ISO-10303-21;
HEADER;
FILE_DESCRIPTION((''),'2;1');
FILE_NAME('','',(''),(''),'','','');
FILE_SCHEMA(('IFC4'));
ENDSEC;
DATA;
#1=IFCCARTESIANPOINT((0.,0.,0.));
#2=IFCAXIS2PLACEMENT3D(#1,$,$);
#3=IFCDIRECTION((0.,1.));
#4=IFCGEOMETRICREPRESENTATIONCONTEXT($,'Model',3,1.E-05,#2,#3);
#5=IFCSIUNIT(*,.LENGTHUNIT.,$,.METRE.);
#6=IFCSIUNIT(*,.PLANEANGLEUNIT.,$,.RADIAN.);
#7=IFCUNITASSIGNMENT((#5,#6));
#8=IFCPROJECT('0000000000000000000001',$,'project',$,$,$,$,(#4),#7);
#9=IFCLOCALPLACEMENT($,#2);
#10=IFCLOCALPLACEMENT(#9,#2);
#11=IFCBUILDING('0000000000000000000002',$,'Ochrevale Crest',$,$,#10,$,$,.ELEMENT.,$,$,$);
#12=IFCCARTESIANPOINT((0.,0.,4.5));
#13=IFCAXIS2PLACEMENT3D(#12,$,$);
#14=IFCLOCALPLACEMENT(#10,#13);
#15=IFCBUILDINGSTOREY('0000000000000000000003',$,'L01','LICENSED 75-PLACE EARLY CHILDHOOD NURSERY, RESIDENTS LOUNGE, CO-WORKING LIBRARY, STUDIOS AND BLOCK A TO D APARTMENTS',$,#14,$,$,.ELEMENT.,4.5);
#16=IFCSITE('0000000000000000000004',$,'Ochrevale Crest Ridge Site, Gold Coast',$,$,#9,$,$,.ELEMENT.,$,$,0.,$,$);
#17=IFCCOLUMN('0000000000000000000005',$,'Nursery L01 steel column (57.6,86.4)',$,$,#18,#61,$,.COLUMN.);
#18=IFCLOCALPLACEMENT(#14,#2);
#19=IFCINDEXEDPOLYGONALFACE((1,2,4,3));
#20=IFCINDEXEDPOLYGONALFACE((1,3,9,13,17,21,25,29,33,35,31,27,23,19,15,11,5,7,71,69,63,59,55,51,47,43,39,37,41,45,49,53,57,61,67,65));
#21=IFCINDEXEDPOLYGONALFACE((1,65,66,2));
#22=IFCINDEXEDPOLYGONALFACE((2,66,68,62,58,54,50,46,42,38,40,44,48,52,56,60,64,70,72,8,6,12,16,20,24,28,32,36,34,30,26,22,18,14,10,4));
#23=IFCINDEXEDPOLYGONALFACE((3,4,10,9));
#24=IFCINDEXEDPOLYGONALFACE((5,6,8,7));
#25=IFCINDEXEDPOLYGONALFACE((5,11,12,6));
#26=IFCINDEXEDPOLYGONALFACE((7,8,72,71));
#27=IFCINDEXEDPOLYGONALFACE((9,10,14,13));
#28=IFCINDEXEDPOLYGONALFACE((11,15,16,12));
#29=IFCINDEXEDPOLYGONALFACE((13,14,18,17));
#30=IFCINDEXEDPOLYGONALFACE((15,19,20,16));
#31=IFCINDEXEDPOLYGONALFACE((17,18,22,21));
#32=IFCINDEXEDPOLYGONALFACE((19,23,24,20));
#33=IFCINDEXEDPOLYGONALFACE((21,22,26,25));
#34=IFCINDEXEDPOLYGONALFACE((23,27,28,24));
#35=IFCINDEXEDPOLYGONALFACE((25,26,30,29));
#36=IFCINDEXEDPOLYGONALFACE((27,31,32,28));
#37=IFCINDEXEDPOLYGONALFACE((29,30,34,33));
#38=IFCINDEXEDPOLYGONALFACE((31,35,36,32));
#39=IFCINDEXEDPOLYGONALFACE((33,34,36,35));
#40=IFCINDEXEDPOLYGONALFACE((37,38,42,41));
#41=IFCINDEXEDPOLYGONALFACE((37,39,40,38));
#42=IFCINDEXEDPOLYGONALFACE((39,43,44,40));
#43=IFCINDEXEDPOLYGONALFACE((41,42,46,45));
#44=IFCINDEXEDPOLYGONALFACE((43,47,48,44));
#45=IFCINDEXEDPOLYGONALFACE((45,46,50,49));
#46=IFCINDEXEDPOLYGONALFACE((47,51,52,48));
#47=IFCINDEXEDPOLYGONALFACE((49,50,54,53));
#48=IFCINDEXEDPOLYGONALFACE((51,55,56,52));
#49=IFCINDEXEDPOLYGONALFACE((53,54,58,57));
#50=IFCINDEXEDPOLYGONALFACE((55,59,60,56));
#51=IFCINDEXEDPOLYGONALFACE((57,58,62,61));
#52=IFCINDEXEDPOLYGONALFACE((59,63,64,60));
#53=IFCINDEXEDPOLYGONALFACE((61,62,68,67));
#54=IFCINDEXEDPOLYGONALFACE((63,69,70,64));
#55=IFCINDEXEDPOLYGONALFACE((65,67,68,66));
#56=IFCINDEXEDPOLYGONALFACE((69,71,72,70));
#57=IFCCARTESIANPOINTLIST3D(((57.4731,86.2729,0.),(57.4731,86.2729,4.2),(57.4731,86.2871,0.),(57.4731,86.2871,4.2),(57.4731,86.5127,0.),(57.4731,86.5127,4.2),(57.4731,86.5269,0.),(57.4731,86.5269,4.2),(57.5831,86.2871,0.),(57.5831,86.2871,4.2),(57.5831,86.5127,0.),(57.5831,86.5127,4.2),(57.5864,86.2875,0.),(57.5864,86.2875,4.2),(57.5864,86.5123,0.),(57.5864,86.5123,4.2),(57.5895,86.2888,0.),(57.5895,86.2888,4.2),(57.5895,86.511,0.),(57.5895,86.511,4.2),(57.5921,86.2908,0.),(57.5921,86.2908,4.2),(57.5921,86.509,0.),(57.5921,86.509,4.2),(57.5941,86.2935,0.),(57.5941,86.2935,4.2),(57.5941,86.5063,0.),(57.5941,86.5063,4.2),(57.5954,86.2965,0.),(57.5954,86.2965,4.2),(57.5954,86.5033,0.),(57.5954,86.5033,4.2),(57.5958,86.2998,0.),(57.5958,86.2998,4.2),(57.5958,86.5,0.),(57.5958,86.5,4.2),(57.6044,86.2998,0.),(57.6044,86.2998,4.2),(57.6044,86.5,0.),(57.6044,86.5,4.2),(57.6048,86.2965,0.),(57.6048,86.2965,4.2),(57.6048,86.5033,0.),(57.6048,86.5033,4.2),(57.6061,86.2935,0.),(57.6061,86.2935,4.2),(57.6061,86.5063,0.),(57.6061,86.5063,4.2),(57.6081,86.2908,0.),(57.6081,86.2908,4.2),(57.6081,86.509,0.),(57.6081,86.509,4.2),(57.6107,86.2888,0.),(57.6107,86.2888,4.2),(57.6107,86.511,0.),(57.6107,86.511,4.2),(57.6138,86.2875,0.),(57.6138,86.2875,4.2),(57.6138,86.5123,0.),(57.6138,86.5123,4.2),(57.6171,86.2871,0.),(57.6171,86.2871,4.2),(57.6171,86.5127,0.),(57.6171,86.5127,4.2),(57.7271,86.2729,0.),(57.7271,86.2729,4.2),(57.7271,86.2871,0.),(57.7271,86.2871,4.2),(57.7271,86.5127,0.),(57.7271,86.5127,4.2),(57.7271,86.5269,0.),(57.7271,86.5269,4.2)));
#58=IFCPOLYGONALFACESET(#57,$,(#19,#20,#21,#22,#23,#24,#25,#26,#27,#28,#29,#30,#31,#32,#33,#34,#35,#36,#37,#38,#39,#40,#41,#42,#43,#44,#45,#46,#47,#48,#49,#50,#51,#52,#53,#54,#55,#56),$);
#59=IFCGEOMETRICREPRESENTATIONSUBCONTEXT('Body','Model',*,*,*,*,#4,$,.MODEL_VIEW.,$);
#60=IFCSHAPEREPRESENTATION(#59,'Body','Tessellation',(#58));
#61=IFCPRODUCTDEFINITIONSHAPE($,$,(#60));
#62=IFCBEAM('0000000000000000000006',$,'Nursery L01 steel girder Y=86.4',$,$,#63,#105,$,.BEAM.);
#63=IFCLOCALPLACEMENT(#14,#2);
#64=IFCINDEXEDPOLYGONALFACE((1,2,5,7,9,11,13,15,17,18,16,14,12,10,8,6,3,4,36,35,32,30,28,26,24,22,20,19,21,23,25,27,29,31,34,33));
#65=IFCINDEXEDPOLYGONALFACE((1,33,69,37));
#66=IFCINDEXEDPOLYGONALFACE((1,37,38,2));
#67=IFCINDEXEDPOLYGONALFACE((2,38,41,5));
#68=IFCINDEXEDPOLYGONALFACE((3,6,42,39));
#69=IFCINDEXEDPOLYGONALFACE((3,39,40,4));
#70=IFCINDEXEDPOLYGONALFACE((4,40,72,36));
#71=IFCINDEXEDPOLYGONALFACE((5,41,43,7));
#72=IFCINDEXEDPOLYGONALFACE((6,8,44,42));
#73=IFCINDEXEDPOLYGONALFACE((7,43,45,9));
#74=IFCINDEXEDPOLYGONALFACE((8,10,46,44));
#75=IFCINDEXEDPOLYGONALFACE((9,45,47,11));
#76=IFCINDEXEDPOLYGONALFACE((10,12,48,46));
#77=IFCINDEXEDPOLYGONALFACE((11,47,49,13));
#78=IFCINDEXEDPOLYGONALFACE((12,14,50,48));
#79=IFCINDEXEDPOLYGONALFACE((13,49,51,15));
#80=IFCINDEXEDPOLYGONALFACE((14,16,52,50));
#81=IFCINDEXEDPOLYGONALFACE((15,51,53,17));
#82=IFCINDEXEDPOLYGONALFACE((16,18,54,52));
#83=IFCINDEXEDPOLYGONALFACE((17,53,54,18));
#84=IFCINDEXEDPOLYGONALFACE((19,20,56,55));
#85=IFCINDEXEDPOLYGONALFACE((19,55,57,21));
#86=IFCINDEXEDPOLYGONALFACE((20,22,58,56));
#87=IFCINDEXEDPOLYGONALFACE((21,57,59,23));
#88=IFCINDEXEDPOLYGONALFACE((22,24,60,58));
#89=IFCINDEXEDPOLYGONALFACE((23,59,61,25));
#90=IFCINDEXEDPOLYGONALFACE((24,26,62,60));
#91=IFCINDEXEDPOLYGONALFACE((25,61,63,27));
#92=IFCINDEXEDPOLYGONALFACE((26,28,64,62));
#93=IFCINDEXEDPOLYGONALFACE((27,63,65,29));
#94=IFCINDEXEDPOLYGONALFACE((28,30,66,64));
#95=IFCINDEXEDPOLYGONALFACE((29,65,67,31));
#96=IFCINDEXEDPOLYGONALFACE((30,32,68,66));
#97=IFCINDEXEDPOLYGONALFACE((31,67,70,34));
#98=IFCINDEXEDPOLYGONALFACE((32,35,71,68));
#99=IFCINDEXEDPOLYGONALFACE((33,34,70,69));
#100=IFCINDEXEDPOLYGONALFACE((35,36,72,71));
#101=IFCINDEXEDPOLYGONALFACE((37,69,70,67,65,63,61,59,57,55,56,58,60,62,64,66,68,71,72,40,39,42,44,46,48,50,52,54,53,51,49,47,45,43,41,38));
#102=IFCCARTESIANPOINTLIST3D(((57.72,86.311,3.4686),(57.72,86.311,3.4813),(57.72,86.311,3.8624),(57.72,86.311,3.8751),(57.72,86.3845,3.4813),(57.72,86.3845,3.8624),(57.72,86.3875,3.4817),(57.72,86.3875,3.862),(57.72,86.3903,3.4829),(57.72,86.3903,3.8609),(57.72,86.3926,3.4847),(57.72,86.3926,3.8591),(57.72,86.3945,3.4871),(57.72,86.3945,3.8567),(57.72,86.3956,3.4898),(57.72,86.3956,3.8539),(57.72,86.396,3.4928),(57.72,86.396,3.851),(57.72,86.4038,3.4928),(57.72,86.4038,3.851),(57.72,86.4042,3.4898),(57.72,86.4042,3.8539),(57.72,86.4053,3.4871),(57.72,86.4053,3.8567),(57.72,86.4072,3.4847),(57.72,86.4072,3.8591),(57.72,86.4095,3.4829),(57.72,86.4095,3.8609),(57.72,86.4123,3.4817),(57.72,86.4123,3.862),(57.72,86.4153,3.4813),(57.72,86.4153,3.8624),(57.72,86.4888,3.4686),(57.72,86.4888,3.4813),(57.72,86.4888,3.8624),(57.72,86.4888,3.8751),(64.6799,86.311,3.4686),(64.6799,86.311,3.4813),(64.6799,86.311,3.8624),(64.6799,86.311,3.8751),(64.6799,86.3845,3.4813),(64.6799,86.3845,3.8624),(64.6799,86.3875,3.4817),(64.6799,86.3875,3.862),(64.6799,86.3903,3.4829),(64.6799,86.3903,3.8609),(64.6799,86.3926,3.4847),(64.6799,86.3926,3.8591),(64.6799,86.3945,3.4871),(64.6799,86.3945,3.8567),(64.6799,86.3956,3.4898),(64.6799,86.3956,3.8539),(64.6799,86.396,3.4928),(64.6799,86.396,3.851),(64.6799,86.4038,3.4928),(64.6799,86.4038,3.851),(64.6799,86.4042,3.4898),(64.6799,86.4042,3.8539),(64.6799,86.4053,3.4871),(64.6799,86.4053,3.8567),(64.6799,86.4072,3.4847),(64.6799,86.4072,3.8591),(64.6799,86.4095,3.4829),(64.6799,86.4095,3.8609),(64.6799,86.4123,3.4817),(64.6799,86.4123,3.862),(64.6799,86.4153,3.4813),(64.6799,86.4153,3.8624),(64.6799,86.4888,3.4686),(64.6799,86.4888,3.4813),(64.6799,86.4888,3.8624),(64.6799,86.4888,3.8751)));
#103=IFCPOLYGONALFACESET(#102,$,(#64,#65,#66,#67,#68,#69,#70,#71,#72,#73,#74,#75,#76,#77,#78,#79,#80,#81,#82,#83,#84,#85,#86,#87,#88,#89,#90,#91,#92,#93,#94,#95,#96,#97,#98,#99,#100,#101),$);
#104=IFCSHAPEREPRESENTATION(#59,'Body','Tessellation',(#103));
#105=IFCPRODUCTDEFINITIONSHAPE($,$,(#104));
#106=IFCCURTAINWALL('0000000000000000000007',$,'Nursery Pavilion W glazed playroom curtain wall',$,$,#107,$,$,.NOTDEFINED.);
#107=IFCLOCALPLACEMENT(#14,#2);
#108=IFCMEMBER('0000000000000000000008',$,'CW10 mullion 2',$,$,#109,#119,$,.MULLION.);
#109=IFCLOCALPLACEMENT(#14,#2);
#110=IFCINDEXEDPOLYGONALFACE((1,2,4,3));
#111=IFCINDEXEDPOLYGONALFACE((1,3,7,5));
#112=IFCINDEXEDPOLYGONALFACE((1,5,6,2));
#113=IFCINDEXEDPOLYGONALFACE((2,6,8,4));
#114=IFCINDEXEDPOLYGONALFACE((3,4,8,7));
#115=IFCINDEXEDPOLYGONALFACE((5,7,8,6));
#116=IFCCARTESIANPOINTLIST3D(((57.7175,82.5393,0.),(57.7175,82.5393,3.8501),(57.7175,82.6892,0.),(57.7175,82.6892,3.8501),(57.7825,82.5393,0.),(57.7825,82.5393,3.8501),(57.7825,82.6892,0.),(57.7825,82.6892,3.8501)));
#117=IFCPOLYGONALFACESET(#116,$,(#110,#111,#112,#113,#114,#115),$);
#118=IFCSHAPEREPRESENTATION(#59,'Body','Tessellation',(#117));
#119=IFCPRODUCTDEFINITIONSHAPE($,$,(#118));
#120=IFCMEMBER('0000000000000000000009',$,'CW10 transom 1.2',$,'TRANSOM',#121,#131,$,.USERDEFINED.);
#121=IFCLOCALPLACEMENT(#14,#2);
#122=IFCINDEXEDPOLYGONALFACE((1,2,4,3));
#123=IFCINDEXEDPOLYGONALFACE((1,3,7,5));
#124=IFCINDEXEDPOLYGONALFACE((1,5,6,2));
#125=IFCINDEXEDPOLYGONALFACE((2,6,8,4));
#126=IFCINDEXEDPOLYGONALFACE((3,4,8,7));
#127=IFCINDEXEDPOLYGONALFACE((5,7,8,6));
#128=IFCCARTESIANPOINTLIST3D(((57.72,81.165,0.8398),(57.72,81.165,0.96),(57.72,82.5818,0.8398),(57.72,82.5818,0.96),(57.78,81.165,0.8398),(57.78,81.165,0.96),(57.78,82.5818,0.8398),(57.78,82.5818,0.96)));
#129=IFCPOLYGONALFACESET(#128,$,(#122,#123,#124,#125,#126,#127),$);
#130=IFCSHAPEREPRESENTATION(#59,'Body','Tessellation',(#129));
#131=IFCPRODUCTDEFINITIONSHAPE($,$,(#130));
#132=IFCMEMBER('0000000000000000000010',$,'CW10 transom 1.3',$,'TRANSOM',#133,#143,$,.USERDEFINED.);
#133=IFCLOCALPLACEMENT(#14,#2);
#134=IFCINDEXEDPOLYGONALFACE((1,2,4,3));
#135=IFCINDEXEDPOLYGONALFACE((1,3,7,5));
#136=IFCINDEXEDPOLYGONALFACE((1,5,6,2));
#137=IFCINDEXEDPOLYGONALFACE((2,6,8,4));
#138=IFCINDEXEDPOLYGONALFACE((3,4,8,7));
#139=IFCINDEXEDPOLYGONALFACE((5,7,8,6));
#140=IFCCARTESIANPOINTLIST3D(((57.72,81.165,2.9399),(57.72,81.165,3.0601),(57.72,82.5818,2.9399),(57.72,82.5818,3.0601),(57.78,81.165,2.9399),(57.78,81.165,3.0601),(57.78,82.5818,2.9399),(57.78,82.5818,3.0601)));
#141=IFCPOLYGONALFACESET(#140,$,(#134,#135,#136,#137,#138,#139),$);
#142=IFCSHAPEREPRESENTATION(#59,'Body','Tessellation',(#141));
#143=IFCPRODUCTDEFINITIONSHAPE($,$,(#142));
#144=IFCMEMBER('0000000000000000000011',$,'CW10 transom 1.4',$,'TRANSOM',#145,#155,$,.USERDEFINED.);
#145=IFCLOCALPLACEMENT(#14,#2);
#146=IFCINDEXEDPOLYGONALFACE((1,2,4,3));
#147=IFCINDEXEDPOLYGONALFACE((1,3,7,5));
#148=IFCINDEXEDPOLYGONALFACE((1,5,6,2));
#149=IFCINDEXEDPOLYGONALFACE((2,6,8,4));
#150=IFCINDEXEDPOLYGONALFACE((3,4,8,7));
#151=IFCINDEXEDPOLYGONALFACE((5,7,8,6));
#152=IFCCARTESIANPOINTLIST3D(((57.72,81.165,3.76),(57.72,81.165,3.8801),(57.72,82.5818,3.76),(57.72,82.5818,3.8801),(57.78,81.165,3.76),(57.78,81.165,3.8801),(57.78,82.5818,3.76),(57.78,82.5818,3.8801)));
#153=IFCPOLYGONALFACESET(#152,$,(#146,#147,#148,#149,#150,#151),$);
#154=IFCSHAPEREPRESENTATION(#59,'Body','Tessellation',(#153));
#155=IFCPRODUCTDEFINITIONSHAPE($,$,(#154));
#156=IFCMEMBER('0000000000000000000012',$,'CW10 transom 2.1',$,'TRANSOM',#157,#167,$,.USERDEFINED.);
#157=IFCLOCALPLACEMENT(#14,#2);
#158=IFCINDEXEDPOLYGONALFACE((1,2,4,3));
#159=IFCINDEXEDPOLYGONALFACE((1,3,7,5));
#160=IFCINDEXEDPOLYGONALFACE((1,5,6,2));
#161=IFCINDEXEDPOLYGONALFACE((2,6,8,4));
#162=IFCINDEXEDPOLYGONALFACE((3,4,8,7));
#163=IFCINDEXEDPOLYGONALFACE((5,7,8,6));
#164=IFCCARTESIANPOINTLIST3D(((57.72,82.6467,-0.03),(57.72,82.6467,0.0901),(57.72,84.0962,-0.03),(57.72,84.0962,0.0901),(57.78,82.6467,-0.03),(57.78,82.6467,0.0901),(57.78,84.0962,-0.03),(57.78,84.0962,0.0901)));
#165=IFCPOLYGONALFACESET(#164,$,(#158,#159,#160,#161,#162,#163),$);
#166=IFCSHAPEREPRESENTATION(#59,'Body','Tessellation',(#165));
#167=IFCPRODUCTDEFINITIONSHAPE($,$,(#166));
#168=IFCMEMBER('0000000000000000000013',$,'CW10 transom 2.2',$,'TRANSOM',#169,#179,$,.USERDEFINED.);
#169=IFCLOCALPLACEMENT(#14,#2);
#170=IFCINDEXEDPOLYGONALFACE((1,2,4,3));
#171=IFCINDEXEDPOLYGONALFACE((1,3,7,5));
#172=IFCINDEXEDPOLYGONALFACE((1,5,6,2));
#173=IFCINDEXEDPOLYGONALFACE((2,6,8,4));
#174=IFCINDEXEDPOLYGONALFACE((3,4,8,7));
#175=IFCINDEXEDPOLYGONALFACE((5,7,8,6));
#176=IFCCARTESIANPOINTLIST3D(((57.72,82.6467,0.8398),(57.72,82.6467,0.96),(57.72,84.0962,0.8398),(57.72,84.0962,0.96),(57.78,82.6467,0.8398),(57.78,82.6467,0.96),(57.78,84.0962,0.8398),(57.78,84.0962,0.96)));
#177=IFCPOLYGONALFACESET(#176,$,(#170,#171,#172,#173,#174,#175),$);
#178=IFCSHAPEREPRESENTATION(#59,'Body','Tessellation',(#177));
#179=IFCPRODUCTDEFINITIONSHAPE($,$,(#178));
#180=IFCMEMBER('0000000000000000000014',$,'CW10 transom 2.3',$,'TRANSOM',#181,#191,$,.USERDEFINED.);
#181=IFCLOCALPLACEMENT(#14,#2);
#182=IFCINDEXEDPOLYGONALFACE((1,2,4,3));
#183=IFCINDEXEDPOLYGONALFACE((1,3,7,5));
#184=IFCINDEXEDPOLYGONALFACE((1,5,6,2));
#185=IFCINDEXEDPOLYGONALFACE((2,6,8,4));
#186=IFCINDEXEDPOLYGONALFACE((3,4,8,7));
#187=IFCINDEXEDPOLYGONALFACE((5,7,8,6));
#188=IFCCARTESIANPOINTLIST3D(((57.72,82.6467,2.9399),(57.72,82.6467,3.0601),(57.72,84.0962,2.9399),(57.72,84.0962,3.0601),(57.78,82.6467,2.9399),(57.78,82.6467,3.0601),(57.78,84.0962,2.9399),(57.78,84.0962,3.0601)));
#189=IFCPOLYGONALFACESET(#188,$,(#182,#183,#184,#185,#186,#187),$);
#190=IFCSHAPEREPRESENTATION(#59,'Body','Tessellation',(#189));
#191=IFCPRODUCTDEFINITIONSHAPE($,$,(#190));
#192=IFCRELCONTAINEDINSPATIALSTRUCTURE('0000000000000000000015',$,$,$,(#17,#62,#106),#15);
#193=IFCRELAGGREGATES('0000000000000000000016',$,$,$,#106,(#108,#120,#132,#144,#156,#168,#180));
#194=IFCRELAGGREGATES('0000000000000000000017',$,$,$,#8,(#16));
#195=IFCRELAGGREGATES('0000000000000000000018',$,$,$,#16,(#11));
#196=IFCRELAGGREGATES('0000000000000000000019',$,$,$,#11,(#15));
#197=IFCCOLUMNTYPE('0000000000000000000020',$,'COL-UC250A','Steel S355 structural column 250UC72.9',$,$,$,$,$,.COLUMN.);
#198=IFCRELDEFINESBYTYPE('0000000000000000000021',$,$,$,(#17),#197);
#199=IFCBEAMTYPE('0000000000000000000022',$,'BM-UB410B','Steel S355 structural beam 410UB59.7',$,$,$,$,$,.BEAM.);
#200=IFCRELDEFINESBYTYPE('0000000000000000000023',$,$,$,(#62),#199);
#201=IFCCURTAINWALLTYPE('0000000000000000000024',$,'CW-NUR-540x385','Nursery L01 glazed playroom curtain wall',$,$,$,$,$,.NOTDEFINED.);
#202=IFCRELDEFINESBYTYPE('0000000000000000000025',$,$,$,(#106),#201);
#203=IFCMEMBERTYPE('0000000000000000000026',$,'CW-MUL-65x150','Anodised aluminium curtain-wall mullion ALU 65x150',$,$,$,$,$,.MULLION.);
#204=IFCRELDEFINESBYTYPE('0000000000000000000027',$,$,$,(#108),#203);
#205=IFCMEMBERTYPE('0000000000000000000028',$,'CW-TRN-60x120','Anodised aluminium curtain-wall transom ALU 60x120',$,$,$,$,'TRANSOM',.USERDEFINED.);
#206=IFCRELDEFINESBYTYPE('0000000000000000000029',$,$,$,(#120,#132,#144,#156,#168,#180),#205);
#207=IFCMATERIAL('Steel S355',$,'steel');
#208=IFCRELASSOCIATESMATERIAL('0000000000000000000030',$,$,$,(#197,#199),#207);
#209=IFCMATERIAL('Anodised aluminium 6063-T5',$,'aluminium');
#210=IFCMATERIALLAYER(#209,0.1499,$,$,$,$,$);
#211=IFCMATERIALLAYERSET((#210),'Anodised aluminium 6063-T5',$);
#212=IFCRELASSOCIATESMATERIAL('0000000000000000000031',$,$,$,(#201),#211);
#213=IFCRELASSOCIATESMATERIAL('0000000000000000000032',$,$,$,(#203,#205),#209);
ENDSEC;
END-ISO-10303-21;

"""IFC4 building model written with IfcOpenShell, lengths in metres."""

from ifc_helpers import new_model, si_unit, direction, frame, origin, origin_2d, place, context, subcontext, project, spatial, rectangle, i_section, extrude, material, layer, layer_set, material_profile, profile_set, type_object, element, aggregate, save


model = new_model("IFC4")

# Units and contexts
model_context = context("Model", 3, precision=1e-05, world=origin(), true_north=direction((0.0, 1.0)))
body_context = subcontext(model_context, "Body", "Model", "MODEL_VIEW")
ifc_project = project(units=[si_unit("LENGTHUNIT", "METRE"), si_unit("PLANEANGLEUNIT", "RADIAN")], contexts=[model_context])

# Site, building, storey
site_placement = place(None, origin())
site = spatial("IfcSite", under=ifc_project, at=site_placement, Name="Ochrevale Crest Ridge Site, Gold Coast", CompositionType="ELEMENT", RefElevation=0.0)
building_placement = place(site_placement, origin())
building = spatial("IfcBuilding", under=site, at=building_placement, Name="Ochrevale Crest", CompositionType="ELEMENT")
storey_placement = place(building_placement, frame((0.0, 0.0, 4.5)))
storey = spatial("IfcBuildingStorey", under=building, at=storey_placement, Name="L01", Description="LICENSED 75-PLACE EARLY CHILDHOOD NURSERY, RESIDENTS LOUNGE, CO-WORKING LIBRARY, STUDIOS AND BLOCK A TO D APARTMENTS", CompositionType="ELEMENT", Elevation=4.5)

# Column
ifc_material_1 = material(Name="Steel S355", Category="steel")
ifc_material_profile_1 = material_profile(ifc_material_1, i_section(OverallWidth=0.2539, OverallDepth=0.2539, WebThickness=0.0085, FlangeThickness=0.0142, FilletRadius=0.0127, at=origin_2d()), Name="250UC72.9")
ifc_profile_set_1 = profile_set([ifc_material_profile_1], Name="Steel S355")
column_type = type_object("IfcColumnType", Name="COL-UC250A", Description="Steel S355 structural column 250UC72.9", PredefinedType="COLUMN", material=ifc_profile_set_1)
column_placement = place(storey_placement, frame((57.6001, 86.3999, 0.0), z_axis=(0.0, 0.0, 1.0), x_axis=(1.0, 0.0, 0.0)))
element("IfcColumn", 1, at=column_placement, inside=storey, type_object=column_type, Name="Nursery L01 steel column (57.6,86.4)", PredefinedType="COLUMN", context=body_context, shape_type="SweptSolid", body=[
    extrude(i_section(OverallWidth=0.2539, OverallDepth=0.2539, WebThickness=0.0085, FlangeThickness=0.0142, FilletRadius=0.0127, at=origin_2d()), origin(), (0.0, 0.0, 1.0), 4.2),
])

# Beam
ifc_material_profile_2 = material_profile(ifc_material_1, i_section(OverallWidth=0.1777, OverallDepth=0.4065, WebThickness=0.0078, FlangeThickness=0.0127, FilletRadius=0.0115, at=origin_2d()), Name="410UB59.7")
ifc_profile_set_2 = profile_set([ifc_material_profile_2], Name="Steel S355")
beam_type = type_object("IfcBeamType", Name="BM-UB410B", Description="Steel S355 structural beam 410UB59.7", PredefinedType="BEAM", material=ifc_profile_set_2)
beam_placement = place(storey_placement, frame((57.72, 86.3999, 3.6719), z_axis=(1.0, 0.0, 0.0), x_axis=(0.0, 1.0, 0.0)))
element("IfcBeam", 2, at=beam_placement, inside=storey, type_object=beam_type, Name="Nursery L01 steel girder Y=86.4", PredefinedType="BEAM", context=body_context, shape_type="SweptSolid", body=[
    extrude(i_section(OverallWidth=0.1777, OverallDepth=0.4065, WebThickness=0.0078, FlangeThickness=0.0127, FilletRadius=0.0115, at=origin_2d()), origin(), (0.0, 0.0, 1.0), 6.96),
])

# Curtain wall, members
ifc_material_2 = material(Name="Anodised aluminium 6063-T5", Category="aluminium")
ifc_layer_1 = layer(ifc_material_2, 0.1499)
ifc_layer_set_1 = layer_set([ifc_layer_1], Name="Anodised aluminium 6063-T5")
curtain_wall_type = type_object("IfcCurtainWallType", Name="CW-NUR-540x385", Description="Nursery L01 glazed playroom curtain wall", PredefinedType="NOTDEFINED", material=ifc_layer_set_1)
curtain_wall_placement = place(storey_placement, origin())
curtain_wall = element("IfcCurtainWall", 3, at=curtain_wall_placement, inside=storey, type_object=curtain_wall_type, Name="Nursery Pavilion W glazed playroom curtain wall", PredefinedType="NOTDEFINED")
ifc_material_profile_3 = material_profile(ifc_material_2, rectangle(XDim=0.0649, YDim=0.1499, at=origin_2d()), Name="ALU 65x150")
ifc_profile_set_3 = profile_set([ifc_material_profile_3], Name="Anodised aluminium 6063-T5")
member_type_1 = type_object("IfcMemberType", Name="CW-MUL-65x150", Description="Anodised aluminium curtain-wall mullion ALU 65x150", PredefinedType="MULLION", material=ifc_profile_set_3)
member_1_placement = place(storey_placement, frame((57.75, 82.6143, 0.0), z_axis=(0.0, 0.0, 1.0), x_axis=(-1.0, 0.0, 0.0)))
member_1 = element("IfcMember", 4, at=member_1_placement, type_object=member_type_1, Name="CW10 mullion 2", PredefinedType="MULLION", context=body_context, shape_type="SweptSolid", body=[
    extrude(rectangle(XDim=0.0649, YDim=0.1499, at=origin_2d()), origin(), (0.0, 0.0, 1.0), 3.8501),
])
ifc_material_profile_4 = material_profile(ifc_material_2, rectangle(XDim=0.0601, YDim=0.1201, at=origin_2d()), Name="ALU 60x120")
ifc_profile_set_4 = profile_set([ifc_material_profile_4], Name="Anodised aluminium 6063-T5")
member_type_2 = type_object("IfcMemberType", Name="CW-TRN-60x120", Description="Anodised aluminium curtain-wall transom ALU 60x120", ElementType="TRANSOM", PredefinedType="USERDEFINED", material=ifc_profile_set_4)
member_2_placement = place(storey_placement, frame((57.75, 81.165, 0.8999), z_axis=(0.0, 1.0, 0.0), x_axis=(-1.0, 0.0, 0.0)))
member_2 = element("IfcMember", 5, at=member_2_placement, type_object=member_type_2, Name="CW10 transom 1.2", ObjectType="TRANSOM", PredefinedType="USERDEFINED", context=body_context, shape_type="SweptSolid", body=[
    extrude(rectangle(XDim=0.0601, YDim=0.1201, at=origin_2d()), origin(), (0.0, 0.0, 1.0), 1.4167),
])
member_3_placement = place(storey_placement, frame((57.75, 81.165, 3.0), z_axis=(0.0, 1.0, 0.0), x_axis=(-1.0, 0.0, 0.0)))
member_3 = element("IfcMember", 6, at=member_3_placement, type_object=member_type_2, Name="CW10 transom 1.3", ObjectType="TRANSOM", PredefinedType="USERDEFINED", context=body_context, shape_type="SweptSolid", body=[
    extrude(rectangle(XDim=0.0601, YDim=0.1201, at=origin_2d()), origin(), (0.0, 0.0, 1.0), 1.4167),
])
member_4_placement = place(storey_placement, frame((57.75, 81.165, 3.8201), z_axis=(0.0, 1.0, 0.0), x_axis=(-1.0, 0.0, 0.0)))
member_4 = element("IfcMember", 7, at=member_4_placement, type_object=member_type_2, Name="CW10 transom 1.4", ObjectType="TRANSOM", PredefinedType="USERDEFINED", context=body_context, shape_type="SweptSolid", body=[
    extrude(rectangle(XDim=0.0601, YDim=0.1201, at=origin_2d()), origin(), (0.0, 0.0, 1.0), 1.4167),
])
member_5_placement = place(storey_placement, frame((57.75, 82.6467, 0.03), z_axis=(0.0, 1.0, 0.0), x_axis=(-1.0, 0.0, 0.0)))
member_5 = element("IfcMember", 8, at=member_5_placement, type_object=member_type_2, Name="CW10 transom 2.1", ObjectType="TRANSOM", PredefinedType="USERDEFINED", context=body_context, shape_type="SweptSolid", body=[
    extrude(rectangle(XDim=0.0601, YDim=0.1201, at=origin_2d()), origin(), (0.0, 0.0, 1.0), 1.4495),
])
member_6_placement = place(storey_placement, frame((57.75, 82.6467, 0.8999), z_axis=(0.0, 1.0, 0.0), x_axis=(-1.0, 0.0, 0.0)))
member_6 = element("IfcMember", 9, at=member_6_placement, type_object=member_type_2, Name="CW10 transom 2.2", ObjectType="TRANSOM", PredefinedType="USERDEFINED", context=body_context, shape_type="SweptSolid", body=[
    extrude(rectangle(XDim=0.0601, YDim=0.1201, at=origin_2d()), origin(), (0.0, 0.0, 1.0), 1.4495),
])
member_7_placement = place(storey_placement, frame((57.75, 82.6467, 3.0), z_axis=(0.0, 1.0, 0.0), x_axis=(-1.0, 0.0, 0.0)))
member_7 = element("IfcMember", 10, at=member_7_placement, type_object=member_type_2, Name="CW10 transom 2.3", ObjectType="TRANSOM", PredefinedType="USERDEFINED", context=body_context, shape_type="SweptSolid", body=[
    extrude(rectangle(XDim=0.0601, YDim=0.1201, at=origin_2d()), origin(), (0.0, 0.0, 1.0), 1.4495),
])
aggregate(curtain_wall, [member_1, member_2, member_3, member_4, member_5, member_6, member_7])

save(model, "model.ifc")
